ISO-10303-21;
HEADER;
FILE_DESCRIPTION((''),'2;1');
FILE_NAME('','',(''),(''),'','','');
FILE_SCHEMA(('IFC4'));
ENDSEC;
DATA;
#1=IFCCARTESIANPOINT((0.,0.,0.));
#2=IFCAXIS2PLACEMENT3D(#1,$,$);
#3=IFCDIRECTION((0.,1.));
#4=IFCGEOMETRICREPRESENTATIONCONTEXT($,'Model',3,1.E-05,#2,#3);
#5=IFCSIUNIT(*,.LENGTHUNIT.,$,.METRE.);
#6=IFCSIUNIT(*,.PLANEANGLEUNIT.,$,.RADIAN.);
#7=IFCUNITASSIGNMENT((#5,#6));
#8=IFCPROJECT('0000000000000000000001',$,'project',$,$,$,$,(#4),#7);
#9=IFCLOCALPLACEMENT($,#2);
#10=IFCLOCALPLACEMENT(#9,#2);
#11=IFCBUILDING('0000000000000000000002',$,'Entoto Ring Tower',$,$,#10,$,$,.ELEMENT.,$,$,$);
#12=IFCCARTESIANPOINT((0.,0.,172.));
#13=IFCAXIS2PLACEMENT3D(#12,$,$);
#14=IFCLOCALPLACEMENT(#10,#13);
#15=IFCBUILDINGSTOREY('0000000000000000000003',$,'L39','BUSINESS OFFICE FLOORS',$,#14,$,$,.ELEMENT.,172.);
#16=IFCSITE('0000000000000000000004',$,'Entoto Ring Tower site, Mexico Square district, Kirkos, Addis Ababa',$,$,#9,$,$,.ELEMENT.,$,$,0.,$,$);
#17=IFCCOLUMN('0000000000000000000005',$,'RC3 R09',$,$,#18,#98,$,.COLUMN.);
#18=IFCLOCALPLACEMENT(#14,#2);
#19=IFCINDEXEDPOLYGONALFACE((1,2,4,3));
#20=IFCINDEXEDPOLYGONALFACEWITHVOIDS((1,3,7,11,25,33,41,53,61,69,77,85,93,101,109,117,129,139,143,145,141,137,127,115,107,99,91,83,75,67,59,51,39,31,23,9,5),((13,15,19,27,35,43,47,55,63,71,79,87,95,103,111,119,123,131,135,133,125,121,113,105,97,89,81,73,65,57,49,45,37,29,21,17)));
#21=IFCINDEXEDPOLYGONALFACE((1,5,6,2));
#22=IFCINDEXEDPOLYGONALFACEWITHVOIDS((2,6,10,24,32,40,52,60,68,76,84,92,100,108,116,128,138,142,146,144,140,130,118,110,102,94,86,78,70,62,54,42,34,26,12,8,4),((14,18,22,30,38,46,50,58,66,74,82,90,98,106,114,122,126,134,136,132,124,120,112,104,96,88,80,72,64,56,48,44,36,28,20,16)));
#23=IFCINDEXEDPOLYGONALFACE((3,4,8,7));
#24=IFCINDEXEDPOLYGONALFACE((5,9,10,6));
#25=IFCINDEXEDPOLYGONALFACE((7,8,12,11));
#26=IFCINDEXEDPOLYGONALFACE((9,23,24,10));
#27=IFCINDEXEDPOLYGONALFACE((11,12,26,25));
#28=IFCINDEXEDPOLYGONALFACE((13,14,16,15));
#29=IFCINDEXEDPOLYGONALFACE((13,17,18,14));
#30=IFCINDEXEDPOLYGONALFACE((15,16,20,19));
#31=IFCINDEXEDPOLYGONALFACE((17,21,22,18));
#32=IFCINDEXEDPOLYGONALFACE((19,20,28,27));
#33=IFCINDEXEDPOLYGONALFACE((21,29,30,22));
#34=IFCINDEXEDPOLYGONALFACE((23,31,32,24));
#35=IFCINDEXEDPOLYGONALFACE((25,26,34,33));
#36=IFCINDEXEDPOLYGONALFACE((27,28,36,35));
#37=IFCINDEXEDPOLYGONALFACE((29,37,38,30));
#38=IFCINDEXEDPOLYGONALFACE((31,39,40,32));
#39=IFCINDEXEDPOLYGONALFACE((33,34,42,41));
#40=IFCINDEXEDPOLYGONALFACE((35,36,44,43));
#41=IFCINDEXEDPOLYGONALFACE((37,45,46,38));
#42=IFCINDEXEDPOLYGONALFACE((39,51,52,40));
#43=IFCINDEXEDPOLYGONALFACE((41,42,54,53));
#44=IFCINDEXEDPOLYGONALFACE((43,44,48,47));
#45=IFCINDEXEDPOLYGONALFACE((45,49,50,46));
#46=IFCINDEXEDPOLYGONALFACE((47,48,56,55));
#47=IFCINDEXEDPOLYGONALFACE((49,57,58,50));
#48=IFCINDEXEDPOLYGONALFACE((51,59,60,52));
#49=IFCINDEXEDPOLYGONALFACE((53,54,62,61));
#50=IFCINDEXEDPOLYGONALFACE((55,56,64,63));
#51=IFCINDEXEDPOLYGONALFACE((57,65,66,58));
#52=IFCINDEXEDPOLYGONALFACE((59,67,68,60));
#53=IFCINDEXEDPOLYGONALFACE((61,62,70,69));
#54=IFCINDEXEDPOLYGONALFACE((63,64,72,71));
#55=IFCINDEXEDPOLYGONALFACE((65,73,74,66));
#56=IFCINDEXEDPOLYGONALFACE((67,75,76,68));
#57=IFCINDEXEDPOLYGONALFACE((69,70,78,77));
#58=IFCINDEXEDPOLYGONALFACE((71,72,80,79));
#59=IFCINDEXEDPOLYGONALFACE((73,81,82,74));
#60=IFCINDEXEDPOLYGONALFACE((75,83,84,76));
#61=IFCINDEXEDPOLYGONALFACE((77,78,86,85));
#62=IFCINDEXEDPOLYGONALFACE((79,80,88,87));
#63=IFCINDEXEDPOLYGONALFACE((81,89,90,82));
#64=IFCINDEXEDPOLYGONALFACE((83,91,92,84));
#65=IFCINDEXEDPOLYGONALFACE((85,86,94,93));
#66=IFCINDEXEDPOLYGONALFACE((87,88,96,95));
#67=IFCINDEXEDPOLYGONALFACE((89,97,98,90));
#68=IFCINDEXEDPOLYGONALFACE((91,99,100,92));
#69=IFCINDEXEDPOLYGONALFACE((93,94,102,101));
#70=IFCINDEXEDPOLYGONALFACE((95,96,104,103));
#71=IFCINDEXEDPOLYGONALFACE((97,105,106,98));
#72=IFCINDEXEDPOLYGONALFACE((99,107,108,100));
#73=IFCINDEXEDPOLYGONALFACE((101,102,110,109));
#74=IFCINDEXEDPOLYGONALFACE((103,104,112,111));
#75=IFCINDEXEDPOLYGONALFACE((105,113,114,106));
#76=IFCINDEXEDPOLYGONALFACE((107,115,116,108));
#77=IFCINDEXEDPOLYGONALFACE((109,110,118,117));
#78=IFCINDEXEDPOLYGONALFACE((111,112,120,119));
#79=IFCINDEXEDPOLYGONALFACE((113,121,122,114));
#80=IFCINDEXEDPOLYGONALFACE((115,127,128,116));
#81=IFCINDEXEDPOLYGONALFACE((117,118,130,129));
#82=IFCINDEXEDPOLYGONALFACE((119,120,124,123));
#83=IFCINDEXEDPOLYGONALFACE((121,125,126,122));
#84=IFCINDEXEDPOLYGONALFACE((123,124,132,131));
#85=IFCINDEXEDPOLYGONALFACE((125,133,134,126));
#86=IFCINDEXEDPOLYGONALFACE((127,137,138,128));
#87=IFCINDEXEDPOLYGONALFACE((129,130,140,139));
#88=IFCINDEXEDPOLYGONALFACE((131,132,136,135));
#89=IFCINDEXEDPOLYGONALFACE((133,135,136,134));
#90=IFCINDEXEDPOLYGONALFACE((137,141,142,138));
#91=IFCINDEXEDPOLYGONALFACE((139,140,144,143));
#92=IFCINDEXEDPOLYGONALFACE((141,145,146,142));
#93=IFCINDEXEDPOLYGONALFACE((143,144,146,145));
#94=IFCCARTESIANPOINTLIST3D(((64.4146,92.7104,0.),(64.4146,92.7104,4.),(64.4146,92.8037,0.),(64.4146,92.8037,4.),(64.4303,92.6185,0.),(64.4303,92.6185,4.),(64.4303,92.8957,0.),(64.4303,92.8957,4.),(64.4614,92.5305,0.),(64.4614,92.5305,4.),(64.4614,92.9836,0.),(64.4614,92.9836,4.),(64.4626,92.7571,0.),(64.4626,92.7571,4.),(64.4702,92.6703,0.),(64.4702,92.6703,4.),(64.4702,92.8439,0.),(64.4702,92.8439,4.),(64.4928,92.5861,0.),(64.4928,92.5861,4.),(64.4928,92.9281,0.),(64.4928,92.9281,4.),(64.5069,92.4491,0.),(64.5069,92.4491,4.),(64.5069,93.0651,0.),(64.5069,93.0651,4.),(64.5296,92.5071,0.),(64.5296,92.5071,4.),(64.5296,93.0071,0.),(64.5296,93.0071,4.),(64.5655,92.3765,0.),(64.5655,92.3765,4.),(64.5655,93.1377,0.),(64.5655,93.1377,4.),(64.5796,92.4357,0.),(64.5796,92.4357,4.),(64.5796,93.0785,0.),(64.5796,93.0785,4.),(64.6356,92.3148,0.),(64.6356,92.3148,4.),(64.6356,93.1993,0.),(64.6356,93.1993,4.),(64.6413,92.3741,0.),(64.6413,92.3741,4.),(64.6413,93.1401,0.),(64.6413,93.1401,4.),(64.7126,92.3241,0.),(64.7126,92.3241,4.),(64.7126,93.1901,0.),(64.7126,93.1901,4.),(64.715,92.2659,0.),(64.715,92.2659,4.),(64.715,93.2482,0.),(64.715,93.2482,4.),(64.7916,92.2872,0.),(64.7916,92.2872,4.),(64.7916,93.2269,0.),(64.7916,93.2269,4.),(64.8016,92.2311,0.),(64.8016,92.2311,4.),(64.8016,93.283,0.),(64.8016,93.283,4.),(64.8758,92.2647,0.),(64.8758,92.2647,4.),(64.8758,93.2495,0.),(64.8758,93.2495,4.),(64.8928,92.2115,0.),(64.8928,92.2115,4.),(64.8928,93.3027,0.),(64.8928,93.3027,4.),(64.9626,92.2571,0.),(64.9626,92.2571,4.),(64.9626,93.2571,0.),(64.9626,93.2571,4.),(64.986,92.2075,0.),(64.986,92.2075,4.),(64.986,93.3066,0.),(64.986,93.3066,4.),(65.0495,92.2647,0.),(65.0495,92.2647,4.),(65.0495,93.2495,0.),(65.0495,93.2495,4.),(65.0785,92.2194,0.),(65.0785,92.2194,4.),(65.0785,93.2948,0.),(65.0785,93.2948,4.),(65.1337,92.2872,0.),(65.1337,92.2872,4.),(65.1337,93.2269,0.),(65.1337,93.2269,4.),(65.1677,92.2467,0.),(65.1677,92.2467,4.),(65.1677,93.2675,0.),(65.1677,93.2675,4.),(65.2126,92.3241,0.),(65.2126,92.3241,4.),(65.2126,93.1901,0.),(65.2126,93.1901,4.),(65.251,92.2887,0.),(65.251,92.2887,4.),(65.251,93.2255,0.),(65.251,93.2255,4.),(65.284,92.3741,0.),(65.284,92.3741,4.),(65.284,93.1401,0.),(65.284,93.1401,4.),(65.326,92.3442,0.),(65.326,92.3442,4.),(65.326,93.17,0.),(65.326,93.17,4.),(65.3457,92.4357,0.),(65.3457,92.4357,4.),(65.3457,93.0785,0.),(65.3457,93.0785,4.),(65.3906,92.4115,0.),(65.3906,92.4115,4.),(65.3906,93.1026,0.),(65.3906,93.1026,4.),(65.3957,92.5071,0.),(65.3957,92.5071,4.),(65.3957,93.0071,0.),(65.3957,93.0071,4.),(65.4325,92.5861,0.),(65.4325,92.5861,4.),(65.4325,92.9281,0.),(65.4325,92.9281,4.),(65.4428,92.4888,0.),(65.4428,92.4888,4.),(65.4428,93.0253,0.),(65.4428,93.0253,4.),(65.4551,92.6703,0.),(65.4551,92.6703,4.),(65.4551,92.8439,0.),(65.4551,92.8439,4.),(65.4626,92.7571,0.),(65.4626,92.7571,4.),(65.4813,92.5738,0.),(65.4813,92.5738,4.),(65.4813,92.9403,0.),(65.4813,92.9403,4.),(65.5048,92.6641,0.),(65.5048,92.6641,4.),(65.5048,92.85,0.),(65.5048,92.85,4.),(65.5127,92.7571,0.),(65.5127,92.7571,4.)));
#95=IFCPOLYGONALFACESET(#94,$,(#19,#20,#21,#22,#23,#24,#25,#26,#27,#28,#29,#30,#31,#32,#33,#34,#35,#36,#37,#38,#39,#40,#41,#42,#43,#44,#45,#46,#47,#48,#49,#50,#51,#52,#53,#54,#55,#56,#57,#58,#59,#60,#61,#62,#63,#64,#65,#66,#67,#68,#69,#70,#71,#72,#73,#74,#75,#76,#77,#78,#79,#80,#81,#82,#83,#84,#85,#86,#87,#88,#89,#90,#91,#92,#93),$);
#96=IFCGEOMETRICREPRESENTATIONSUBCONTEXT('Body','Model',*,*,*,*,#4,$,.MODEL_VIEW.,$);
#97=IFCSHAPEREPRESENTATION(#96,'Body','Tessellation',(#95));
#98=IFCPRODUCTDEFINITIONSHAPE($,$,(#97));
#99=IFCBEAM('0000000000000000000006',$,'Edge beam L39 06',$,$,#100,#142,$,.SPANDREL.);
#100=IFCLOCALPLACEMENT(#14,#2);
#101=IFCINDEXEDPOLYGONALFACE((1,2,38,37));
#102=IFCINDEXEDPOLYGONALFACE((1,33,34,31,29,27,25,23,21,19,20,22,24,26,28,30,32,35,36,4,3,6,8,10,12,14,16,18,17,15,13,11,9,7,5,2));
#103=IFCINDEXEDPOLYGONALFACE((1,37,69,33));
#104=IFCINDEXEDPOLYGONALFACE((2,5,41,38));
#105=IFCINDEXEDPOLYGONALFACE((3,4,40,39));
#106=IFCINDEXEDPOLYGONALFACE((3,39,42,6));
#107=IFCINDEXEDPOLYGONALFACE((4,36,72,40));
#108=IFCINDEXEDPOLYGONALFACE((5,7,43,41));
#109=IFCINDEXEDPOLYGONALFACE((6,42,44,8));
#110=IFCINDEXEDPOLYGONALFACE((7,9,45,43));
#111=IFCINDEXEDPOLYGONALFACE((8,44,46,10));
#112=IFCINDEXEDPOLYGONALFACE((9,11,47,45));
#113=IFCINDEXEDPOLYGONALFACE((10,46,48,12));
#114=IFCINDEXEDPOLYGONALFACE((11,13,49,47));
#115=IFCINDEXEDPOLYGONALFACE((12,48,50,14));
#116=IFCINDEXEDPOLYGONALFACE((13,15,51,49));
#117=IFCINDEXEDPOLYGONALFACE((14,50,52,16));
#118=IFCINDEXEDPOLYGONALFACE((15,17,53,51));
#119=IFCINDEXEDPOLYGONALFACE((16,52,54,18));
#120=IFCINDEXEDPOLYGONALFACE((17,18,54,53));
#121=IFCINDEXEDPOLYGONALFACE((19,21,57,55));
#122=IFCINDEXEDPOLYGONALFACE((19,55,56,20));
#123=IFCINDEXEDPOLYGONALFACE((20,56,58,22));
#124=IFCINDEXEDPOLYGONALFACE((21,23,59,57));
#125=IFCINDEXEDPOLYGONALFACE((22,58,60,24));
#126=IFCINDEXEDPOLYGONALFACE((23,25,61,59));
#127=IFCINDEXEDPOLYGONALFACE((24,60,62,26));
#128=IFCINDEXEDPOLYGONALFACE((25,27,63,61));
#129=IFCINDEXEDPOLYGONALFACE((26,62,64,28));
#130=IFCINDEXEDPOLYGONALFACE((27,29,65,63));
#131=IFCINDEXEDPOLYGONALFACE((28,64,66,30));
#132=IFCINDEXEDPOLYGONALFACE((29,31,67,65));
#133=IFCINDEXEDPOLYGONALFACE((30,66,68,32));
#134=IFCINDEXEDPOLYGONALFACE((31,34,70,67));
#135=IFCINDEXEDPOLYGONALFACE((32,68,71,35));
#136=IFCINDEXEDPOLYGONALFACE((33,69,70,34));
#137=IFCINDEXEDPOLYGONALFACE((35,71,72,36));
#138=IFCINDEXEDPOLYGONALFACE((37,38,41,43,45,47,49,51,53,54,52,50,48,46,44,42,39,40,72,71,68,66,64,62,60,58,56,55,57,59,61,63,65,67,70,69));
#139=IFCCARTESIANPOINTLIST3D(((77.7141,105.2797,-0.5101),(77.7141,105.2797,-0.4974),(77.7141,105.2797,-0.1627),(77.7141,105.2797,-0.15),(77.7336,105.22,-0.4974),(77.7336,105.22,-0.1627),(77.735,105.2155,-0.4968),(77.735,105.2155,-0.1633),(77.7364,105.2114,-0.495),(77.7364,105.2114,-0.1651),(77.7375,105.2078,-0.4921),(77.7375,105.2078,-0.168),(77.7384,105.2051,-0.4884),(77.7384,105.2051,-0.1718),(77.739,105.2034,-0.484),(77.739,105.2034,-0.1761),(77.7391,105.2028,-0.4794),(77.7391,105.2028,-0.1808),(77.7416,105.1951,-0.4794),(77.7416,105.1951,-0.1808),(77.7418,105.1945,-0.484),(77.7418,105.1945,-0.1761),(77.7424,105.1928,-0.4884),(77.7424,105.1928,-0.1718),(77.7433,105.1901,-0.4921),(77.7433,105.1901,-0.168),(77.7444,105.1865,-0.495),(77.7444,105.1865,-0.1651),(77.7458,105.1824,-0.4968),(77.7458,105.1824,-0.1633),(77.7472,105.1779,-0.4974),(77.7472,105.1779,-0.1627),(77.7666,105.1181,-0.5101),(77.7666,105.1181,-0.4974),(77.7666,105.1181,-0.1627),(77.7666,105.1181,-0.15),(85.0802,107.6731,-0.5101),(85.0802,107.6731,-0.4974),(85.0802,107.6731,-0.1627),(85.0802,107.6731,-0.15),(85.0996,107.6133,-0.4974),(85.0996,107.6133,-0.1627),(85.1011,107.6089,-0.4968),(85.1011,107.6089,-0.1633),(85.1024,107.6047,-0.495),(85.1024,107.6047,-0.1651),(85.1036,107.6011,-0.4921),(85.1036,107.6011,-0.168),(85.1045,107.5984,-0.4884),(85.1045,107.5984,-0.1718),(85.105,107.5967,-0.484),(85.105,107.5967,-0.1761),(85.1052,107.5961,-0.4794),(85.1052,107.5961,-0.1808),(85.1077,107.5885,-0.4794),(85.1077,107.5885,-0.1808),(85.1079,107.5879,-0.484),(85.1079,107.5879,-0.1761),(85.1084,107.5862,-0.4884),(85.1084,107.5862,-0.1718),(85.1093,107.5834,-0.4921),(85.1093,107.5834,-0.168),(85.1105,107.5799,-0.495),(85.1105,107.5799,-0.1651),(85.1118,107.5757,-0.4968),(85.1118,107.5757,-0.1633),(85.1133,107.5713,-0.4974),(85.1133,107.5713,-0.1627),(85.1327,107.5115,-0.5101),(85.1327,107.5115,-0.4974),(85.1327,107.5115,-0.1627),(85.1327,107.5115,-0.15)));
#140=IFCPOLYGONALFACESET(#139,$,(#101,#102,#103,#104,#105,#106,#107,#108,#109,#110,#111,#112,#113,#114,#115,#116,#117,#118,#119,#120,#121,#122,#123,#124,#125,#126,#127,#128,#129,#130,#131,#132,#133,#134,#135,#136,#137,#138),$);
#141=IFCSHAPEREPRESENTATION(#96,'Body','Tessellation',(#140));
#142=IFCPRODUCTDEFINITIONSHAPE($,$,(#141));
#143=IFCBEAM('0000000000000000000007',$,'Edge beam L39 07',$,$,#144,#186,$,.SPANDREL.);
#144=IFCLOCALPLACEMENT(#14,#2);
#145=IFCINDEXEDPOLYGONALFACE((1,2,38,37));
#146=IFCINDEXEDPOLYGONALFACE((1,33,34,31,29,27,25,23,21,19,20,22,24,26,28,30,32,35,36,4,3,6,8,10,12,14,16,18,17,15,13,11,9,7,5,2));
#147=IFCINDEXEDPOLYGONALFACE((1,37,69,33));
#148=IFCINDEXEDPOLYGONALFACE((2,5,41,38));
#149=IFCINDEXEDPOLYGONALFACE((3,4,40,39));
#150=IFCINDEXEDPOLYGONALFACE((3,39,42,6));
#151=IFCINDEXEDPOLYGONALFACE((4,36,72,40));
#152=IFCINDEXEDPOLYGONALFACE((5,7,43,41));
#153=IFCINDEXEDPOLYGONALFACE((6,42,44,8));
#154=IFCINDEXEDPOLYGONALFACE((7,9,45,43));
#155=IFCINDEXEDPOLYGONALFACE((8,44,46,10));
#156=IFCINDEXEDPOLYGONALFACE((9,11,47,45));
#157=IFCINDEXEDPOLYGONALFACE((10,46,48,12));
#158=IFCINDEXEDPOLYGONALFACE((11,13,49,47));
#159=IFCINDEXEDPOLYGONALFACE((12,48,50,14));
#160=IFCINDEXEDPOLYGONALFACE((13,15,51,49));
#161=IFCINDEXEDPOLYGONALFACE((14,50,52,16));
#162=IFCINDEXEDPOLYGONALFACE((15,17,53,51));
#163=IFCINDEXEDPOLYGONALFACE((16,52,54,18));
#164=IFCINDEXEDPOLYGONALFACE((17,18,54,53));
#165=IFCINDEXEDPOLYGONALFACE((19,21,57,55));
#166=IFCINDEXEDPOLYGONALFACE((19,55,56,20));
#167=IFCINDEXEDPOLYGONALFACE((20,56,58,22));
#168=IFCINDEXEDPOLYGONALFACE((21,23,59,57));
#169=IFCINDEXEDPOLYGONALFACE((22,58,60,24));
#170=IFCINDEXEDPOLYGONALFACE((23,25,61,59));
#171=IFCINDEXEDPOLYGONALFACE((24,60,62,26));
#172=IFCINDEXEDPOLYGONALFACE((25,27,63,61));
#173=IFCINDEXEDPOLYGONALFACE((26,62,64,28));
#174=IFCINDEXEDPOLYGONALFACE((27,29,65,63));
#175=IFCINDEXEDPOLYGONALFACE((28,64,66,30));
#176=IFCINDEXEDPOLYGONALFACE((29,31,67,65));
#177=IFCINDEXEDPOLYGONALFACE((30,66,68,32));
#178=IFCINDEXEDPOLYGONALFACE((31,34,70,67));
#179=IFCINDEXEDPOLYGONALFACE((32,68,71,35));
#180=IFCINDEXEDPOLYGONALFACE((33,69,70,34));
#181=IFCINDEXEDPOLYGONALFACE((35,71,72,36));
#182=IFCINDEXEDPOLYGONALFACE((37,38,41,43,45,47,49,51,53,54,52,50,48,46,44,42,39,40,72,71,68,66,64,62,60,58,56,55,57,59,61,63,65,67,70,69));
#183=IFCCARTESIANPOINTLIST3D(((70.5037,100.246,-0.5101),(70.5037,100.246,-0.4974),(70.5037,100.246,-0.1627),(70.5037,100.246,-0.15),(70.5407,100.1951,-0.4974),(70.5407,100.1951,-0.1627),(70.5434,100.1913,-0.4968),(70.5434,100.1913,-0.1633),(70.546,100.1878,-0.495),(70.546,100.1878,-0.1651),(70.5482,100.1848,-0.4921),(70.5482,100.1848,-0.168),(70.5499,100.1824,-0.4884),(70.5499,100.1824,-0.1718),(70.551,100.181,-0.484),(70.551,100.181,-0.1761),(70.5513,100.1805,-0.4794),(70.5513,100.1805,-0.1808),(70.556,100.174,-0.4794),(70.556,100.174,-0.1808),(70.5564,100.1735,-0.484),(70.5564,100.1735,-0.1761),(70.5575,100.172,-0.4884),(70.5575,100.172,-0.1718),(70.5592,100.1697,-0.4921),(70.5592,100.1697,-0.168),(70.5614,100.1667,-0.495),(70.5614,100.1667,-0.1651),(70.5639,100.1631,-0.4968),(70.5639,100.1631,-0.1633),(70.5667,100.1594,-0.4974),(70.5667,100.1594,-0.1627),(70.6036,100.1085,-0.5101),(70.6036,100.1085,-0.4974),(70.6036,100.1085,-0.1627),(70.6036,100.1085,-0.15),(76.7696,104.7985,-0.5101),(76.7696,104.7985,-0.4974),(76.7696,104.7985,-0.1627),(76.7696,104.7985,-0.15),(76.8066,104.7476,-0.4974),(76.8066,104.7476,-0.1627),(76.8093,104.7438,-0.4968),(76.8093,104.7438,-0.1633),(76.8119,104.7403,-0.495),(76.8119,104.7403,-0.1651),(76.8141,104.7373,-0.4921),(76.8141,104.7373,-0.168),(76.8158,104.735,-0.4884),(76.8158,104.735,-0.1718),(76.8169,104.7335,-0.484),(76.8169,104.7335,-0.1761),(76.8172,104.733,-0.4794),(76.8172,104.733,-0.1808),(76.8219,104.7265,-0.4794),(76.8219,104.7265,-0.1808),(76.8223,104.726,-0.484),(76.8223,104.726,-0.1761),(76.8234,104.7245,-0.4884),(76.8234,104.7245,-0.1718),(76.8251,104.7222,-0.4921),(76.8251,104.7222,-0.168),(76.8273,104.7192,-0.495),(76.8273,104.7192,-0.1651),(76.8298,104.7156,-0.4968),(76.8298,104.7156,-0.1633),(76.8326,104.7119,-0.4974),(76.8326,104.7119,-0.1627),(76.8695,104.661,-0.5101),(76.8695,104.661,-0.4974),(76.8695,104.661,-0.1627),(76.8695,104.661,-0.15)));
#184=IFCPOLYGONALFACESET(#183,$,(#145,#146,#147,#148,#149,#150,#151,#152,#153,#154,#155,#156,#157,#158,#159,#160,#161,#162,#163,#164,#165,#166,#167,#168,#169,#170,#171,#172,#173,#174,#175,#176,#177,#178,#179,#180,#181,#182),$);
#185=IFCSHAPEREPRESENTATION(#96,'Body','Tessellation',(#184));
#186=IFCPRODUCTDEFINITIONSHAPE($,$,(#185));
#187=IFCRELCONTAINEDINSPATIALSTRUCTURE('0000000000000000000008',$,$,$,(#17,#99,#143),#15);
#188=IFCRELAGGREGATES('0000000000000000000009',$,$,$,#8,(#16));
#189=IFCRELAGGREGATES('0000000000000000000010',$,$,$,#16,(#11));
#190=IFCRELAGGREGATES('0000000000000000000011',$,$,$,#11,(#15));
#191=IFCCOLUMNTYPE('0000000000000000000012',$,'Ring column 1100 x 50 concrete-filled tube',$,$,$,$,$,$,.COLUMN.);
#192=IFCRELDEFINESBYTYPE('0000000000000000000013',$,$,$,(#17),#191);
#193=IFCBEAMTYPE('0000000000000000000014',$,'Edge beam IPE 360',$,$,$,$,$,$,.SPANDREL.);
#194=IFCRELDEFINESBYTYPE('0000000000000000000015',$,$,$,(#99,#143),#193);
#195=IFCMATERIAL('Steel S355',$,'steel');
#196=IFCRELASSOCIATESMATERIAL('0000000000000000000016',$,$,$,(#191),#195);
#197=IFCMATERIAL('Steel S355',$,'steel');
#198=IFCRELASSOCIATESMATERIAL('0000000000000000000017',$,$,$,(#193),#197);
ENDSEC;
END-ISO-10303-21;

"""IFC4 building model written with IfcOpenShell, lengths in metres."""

from ifc_helpers import new_model, si_unit, direction, frame, origin, origin_2d, place, context, subcontext, project, spatial, circle, hollow_circle, i_section, extrude, material, material_profile, profile_set, type_object, element, save


model = new_model("IFC4")

# Units and contexts
model_context = context("Model", 3, precision=1e-05, world=origin(), true_north=direction((0.0, 1.0)))
body_context = subcontext(model_context, "Body", "Model", "MODEL_VIEW")
ifc_project = project(units=[si_unit("LENGTHUNIT", "METRE"), si_unit("PLANEANGLEUNIT", "RADIAN")], contexts=[model_context])

# Site, building, storey
site_placement = place(None, origin())
site = spatial("IfcSite", under=ifc_project, at=site_placement, Name="Entoto Ring Tower site, Mexico Square district, Kirkos, Addis Ababa", CompositionType="ELEMENT", RefElevation=0.0)
building_placement = place(site_placement, origin())
building = spatial("IfcBuilding", under=site, at=building_placement, Name="Entoto Ring Tower", CompositionType="ELEMENT")
storey_placement = place(building_placement, frame((0.0, 0.0, 172.0)))
storey = spatial("IfcBuildingStorey", under=building, at=storey_placement, Name="L39", Description="BUSINESS OFFICE FLOORS", CompositionType="ELEMENT", Elevation=172.0)

# Column
ifc_material_1 = material(Name="Steel S355", Category="steel")
ifc_material_profile_1 = material_profile(ifc_material_1, hollow_circle(Radius=0.55, WallThickness=0.05, at=origin_2d()), Name="CHS 1100 x 50")
ifc_material_2 = material(Name="Concrete C60/75", Category="concrete")
ifc_material_profile_2 = material_profile(ifc_material_2, circle(Radius=0.5, at=origin_2d()), Name="Concrete C60/75 infill")
ifc_profile_set_1 = profile_set([ifc_material_profile_1, ifc_material_profile_2], Name="Steel S355")
column_type = type_object("IfcColumnType", Name="Ring column 1100 x 50 concrete-filled tube", PredefinedType="COLUMN", material=ifc_profile_set_1)
for number, where, z_axis, x_axis, name in (
    (1, (64.9626, 92.7571, 0.0), (0.0, 0.0, 1.0), (1.0, 0.0, 0.0), "RC3 R09"),
):
    element("IfcColumn", number, at=place(storey_placement, frame(where, z_axis=z_axis, x_axis=x_axis)), inside=storey, type_object=column_type, Name=name, PredefinedType="COLUMN", context=body_context, shape_type="SweptSolid", body=[
        extrude(hollow_circle(Radius=0.55, WallThickness=0.05, at=origin_2d()), origin(), (0.0, 0.0, 1.0), 4.0),
    ])

# Beams
ifc_material_3 = material(Name="Steel S355", Category="steel")
ifc_material_profile_3 = material_profile(ifc_material_3, i_section(OverallWidth=0.1699, OverallDepth=0.3601, WebThickness=0.0081, FlangeThickness=0.0127, FilletRadius=0.0181, at=origin_2d()), Name="IPE 360")
ifc_profile_set_2 = profile_set([ifc_material_profile_3], Name="Steel S355")
beam_type_1 = type_object("IfcBeamType", Name="Edge beam IPE 360", PredefinedType="SPANDREL", material=ifc_profile_set_2)
for number, where, z_axis, x_axis, name in (
    (2, (85.1064, 107.5923, -0.3301), (-0.951058, -0.309013, 0.0), (0.309013, -0.951058, 0.0), "Edge beam L39 06"),
    (3, (76.8196, 104.7297, -0.3301), (-0.809013, -0.587791, 0.0), (0.587791, -0.809013, 0.0), "Edge beam L39 07"),
):
    element("IfcBeam", number, at=place(storey_placement, frame(where, z_axis=z_axis, x_axis=x_axis)), inside=storey, type_object=beam_type_1, Name=name, PredefinedType="SPANDREL", context=body_context, shape_type="SweptSolid", body=[
        extrude(i_section(OverallWidth=0.1699, OverallDepth=0.3601, WebThickness=0.0081, FlangeThickness=0.0127, FilletRadius=0.0181, at=origin_2d()), origin(), (0.0, 0.0, 1.0), 7.7451),
    ])

save(model, "model.ifc")
